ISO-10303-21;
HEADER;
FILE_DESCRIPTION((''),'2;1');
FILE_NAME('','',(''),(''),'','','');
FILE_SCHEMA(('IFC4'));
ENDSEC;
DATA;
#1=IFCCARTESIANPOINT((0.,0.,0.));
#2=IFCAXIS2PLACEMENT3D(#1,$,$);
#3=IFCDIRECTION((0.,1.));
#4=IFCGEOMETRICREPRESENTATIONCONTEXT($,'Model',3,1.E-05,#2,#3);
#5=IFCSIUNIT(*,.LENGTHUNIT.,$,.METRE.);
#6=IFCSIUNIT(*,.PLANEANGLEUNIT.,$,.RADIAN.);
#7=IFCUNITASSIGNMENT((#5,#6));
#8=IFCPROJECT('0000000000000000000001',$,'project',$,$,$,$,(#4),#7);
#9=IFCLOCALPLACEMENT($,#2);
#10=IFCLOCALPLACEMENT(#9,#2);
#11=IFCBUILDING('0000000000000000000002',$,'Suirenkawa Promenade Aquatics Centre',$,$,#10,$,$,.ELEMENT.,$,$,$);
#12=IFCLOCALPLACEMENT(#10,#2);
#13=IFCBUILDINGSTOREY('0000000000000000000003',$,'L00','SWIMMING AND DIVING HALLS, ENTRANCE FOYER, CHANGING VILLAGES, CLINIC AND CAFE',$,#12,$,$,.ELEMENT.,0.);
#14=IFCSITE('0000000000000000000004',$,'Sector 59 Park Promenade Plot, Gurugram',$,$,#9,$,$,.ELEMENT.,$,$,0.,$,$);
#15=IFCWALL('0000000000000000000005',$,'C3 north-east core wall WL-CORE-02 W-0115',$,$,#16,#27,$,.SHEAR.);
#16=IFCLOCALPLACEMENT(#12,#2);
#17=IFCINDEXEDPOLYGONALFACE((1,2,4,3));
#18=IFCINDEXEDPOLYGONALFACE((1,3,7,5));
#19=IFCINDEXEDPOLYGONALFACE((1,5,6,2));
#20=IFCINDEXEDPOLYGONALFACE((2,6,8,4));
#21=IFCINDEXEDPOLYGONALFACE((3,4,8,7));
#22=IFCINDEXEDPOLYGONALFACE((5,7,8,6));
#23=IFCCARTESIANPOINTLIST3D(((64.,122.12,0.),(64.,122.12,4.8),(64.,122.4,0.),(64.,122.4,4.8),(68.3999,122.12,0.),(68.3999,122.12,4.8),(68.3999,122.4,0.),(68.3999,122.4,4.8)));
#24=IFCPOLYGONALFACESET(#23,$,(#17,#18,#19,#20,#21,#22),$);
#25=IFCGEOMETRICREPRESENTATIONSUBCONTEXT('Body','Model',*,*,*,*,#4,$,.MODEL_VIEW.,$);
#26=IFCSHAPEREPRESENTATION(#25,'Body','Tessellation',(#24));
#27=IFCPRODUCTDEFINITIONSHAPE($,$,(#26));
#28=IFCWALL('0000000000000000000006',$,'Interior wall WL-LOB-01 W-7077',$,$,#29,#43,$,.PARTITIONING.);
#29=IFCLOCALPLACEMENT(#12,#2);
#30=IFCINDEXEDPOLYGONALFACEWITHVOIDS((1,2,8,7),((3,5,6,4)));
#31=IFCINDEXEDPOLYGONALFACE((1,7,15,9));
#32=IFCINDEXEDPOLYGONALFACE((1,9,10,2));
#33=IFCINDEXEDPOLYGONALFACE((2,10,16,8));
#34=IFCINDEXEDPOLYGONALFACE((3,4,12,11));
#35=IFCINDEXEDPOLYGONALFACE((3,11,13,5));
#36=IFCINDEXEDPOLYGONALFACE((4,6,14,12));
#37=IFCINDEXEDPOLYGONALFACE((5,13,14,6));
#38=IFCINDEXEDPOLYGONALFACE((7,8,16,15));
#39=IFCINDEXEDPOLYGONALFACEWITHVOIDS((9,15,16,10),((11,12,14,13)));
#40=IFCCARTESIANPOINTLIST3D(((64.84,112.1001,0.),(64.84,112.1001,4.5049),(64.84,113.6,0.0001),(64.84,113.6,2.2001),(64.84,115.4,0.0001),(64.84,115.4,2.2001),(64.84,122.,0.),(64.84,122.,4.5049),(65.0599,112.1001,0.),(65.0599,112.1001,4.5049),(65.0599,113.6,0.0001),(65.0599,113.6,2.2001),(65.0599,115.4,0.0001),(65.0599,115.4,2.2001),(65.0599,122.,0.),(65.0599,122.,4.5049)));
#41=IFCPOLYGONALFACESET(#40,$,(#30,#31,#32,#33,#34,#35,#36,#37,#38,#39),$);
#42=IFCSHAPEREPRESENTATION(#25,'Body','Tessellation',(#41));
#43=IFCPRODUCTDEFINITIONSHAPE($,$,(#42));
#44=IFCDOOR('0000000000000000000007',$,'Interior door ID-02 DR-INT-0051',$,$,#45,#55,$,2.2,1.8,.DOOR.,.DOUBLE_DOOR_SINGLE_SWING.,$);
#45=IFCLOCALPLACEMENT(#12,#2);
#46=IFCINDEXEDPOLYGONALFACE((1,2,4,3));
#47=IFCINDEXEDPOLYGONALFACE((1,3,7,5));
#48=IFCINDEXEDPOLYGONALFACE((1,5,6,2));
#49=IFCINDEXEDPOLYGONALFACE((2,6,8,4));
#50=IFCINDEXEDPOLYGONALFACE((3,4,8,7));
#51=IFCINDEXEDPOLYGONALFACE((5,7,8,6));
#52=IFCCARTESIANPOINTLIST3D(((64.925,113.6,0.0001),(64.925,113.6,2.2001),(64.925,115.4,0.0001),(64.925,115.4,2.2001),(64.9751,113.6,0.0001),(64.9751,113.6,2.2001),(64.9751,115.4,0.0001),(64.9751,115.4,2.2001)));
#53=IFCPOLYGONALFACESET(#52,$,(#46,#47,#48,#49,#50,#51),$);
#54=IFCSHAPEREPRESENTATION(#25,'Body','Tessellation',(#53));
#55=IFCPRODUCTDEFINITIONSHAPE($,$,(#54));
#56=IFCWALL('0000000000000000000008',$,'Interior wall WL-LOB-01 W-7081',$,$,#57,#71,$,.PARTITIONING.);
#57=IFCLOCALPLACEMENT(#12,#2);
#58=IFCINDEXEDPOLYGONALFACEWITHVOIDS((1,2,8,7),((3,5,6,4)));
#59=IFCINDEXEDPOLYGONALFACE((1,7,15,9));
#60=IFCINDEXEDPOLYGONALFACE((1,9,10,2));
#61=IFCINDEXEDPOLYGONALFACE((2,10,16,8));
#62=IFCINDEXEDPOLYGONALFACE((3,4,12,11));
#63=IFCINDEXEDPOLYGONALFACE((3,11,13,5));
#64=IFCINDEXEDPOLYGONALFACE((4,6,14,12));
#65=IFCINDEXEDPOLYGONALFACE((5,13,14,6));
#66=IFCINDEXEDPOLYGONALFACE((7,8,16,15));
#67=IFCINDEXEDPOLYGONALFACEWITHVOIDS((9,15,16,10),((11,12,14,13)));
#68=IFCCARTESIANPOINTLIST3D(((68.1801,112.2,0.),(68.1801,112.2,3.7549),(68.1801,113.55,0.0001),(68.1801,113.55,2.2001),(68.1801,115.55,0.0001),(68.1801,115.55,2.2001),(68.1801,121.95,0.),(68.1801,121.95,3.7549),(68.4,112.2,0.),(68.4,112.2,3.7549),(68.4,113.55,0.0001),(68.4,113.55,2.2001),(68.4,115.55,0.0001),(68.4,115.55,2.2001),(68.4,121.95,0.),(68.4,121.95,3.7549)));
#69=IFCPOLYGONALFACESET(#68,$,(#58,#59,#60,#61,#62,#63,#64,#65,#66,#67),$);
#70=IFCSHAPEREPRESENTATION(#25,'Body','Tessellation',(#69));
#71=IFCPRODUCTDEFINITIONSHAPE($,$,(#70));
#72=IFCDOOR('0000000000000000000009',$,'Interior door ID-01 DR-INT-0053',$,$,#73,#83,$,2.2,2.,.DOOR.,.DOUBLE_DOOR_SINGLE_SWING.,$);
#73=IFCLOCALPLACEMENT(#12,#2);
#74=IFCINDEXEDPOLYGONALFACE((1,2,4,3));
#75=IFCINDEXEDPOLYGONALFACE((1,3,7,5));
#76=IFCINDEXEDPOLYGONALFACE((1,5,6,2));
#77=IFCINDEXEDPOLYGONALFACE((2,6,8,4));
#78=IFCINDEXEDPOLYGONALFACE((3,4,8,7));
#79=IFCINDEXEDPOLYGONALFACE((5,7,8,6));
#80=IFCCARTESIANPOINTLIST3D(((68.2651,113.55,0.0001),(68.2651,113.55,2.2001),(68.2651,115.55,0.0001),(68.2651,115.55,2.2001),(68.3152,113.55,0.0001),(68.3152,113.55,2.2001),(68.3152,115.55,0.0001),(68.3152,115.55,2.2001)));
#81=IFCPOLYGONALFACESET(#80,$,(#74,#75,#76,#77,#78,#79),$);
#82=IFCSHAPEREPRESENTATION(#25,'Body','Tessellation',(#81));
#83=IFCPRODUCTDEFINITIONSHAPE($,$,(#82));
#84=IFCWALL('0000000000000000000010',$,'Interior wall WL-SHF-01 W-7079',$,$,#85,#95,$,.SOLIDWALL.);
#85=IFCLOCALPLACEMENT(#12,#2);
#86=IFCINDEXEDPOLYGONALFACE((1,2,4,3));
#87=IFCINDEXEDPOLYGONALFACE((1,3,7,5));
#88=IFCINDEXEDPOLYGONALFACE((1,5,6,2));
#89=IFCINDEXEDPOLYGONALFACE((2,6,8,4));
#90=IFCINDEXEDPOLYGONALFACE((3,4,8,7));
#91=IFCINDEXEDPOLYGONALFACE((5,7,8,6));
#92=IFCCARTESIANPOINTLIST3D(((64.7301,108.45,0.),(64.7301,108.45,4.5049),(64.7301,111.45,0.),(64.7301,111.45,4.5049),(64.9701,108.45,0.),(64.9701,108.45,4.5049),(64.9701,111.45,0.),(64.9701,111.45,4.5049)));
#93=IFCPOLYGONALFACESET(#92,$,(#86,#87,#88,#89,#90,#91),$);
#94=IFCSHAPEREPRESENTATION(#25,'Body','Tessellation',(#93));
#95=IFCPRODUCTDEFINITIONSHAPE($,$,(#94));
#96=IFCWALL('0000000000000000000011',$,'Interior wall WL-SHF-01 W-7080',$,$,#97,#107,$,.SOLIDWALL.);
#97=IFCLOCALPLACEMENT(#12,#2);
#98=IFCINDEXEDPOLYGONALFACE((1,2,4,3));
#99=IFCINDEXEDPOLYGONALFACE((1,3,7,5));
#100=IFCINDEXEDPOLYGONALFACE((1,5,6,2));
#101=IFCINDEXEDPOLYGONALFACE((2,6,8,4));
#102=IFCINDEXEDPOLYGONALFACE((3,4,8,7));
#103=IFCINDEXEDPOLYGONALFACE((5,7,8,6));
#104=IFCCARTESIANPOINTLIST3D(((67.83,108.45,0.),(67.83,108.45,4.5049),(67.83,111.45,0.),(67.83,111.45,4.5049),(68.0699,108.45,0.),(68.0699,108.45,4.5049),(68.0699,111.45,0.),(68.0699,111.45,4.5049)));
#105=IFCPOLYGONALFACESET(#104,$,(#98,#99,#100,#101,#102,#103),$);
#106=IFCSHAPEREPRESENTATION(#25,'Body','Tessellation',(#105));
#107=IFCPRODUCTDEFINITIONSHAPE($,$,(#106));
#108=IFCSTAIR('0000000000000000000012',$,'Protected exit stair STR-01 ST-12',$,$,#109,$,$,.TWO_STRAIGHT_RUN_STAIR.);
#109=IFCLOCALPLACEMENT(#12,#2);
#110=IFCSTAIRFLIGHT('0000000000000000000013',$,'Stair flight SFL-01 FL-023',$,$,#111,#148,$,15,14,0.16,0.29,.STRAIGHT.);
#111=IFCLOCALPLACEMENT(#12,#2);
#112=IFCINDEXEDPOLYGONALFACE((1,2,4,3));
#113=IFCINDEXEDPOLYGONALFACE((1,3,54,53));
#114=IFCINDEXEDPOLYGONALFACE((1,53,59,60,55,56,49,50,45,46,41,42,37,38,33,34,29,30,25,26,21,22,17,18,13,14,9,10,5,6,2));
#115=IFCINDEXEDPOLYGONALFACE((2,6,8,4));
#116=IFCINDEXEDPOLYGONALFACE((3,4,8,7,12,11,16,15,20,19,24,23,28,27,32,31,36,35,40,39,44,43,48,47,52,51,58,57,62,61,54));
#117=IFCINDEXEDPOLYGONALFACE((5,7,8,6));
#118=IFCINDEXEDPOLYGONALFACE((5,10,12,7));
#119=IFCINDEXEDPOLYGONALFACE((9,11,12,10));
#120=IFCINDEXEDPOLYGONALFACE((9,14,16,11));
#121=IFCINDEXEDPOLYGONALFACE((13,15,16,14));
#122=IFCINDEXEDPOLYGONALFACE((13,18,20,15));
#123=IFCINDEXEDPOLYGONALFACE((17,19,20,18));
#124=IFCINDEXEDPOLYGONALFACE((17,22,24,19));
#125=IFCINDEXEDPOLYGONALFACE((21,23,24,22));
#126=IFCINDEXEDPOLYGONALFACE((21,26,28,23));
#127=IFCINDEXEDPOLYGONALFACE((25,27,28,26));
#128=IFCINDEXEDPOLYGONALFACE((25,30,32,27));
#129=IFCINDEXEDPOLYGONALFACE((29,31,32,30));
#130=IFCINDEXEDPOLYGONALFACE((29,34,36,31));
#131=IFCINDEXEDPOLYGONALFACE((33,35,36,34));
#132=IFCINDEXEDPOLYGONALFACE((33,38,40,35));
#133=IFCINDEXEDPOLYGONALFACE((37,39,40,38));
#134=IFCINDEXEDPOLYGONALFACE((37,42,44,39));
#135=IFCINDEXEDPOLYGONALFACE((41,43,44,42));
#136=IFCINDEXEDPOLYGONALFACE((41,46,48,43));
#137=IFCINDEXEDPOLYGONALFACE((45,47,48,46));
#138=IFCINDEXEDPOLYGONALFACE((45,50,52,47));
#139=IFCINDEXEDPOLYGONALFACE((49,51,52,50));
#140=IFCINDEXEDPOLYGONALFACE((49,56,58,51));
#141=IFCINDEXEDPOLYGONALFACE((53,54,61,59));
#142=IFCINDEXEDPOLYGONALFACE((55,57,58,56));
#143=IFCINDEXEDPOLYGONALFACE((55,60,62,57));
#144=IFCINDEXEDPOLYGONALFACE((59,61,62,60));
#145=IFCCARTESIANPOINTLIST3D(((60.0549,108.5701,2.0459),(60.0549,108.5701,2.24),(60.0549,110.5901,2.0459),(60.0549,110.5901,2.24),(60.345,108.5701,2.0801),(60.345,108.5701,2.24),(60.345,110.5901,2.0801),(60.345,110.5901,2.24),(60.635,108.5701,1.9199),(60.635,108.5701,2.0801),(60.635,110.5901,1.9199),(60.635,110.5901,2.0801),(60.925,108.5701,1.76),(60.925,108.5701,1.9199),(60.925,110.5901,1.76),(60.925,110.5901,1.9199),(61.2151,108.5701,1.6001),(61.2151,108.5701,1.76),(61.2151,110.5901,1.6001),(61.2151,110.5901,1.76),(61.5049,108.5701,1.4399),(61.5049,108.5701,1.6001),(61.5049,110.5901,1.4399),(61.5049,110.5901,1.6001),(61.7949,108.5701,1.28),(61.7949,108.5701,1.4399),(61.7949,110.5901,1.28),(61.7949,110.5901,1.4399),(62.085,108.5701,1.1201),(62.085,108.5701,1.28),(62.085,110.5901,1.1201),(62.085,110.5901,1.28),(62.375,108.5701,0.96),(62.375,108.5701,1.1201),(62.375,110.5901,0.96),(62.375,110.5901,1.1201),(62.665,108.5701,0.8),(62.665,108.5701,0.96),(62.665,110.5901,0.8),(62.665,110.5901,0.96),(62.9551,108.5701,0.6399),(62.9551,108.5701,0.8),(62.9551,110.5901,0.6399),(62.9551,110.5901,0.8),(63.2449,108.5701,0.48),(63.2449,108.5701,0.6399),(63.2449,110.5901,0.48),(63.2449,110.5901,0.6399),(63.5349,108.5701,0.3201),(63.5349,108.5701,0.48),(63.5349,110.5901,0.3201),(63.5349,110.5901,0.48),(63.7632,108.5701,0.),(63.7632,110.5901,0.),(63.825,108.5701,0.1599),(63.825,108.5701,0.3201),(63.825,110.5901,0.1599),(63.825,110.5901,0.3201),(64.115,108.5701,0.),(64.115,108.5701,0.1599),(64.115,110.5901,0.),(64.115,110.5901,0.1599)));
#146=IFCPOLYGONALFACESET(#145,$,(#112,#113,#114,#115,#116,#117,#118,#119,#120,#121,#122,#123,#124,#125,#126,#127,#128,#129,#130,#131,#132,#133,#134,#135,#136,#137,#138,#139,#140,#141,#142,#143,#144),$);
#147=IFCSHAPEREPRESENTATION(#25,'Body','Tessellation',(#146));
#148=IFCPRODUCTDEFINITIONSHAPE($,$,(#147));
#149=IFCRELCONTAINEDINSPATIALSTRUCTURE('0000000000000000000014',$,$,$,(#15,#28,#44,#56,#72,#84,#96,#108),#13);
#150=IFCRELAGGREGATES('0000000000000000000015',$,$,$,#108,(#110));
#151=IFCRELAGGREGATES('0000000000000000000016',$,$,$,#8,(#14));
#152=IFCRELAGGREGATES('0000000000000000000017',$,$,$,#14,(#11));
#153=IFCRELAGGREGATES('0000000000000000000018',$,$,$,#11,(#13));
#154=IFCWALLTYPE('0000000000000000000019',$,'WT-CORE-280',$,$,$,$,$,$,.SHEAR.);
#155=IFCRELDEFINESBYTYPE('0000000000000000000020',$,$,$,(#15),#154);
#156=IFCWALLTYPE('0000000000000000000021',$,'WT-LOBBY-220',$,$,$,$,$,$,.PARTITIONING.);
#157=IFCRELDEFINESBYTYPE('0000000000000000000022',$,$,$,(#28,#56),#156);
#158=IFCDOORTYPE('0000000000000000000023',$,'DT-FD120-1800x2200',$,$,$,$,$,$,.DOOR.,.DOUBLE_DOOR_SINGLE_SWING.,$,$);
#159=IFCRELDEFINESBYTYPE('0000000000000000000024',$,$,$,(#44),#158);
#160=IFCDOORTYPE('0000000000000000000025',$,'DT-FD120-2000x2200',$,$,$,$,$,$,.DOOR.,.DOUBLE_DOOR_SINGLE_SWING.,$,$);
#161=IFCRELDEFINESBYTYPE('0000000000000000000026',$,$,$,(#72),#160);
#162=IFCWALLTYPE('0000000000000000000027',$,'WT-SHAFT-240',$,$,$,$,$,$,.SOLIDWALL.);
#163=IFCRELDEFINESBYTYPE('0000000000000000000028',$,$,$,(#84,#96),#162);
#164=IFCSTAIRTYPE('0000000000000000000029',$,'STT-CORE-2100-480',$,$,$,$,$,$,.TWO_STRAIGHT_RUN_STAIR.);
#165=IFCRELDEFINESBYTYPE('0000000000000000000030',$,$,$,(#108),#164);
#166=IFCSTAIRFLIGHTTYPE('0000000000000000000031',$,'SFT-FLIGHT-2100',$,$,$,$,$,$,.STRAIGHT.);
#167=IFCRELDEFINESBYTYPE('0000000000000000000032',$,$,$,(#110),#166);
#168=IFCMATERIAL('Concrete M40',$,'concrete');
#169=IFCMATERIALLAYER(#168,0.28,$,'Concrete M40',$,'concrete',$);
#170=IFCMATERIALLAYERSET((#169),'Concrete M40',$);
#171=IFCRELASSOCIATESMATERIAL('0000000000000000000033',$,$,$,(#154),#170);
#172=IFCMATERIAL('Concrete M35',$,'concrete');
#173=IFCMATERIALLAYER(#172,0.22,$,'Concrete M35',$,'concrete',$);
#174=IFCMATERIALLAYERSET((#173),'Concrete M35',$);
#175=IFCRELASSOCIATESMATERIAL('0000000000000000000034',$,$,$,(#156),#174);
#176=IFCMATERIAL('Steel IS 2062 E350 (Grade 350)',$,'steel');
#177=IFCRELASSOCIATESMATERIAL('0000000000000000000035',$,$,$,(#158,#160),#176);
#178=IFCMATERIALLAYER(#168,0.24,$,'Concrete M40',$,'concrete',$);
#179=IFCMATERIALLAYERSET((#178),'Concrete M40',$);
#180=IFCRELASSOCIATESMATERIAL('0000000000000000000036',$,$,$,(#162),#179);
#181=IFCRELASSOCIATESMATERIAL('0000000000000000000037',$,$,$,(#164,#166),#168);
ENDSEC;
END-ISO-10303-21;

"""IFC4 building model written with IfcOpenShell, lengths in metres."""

from ifc_helpers import new_model, si_unit, direction, frame, frame_2d, origin, place, context, subcontext, project, spatial, polyline, rectangle, outline, extrude, material, layer, layer_set, type_object, element, fill, aggregate, save


model = new_model("IFC4")

# Units and contexts
model_context = context("Model", 3, precision=1e-05, world=origin(), true_north=direction((0.0, 1.0)))
body_context = subcontext(model_context, "Body", "Model", "MODEL_VIEW")
ifc_project = project(units=[si_unit("LENGTHUNIT", "METRE"), si_unit("PLANEANGLEUNIT", "RADIAN")], contexts=[model_context])

# Site, building, storey
site_placement = place(None, origin())
site = spatial("IfcSite", under=ifc_project, at=site_placement, Name="Sector 59 Park Promenade Plot, Gurugram", CompositionType="ELEMENT", RefElevation=0.0)
building_placement = place(site_placement, origin())
building = spatial("IfcBuilding", under=site, at=building_placement, Name="Suirenkawa Promenade Aquatics Centre", CompositionType="ELEMENT")
storey_placement = place(building_placement, origin())
storey = spatial("IfcBuildingStorey", under=building, at=storey_placement, Name="L00", Description="SWIMMING AND DIVING HALLS, ENTRANCE FOYER, CHANGING VILLAGES, CLINIC AND CAFE", CompositionType="ELEMENT", Elevation=0.0)

# Wall
ifc_material_1 = material(Name="Concrete M40", Category="concrete")
ifc_layer_1 = layer(ifc_material_1, 0.28, Name="Concrete M40", Category="concrete")
ifc_layer_set_1 = layer_set([ifc_layer_1], Name="Concrete M40")
wall_type_1 = type_object("IfcWallType", Name="WT-CORE-280", PredefinedType="SHEAR", material=ifc_layer_set_1)
wall_1_placement = place(storey_placement, frame((64.0, 122.26, 0.0), z_axis=(0.0, 0.0, 1.0), x_axis=(1.0, 0.0, 0.0)))
element("IfcWall", 1, at=wall_1_placement, inside=storey, type_object=wall_type_1, Name="C3 north-east core wall WL-CORE-02 W-0115", PredefinedType="SHEAR", context=body_context, shape_type="SweptSolid", body=[
    extrude(rectangle(XDim=4.3999, YDim=0.28, at=frame_2d((2.2, 0.0))), origin(), (0.0, 0.0, 1.0), 4.8),
])

# Walls, openings, doors
ifc_material_2 = material(Name="Concrete M35", Category="concrete")
ifc_layer_2 = layer(ifc_material_2, 0.22, Name="Concrete M35", Category="concrete")
ifc_layer_set_2 = layer_set([ifc_layer_2], Name="Concrete M35")
wall_type_2 = type_object("IfcWallType", Name="WT-LOBBY-220", PredefinedType="PARTITIONING", material=ifc_layer_set_2)
wall_2_placement = place(storey_placement, frame((64.95, 112.1001, 0.0), z_axis=(0.0, 0.0, 1.0), x_axis=(0.0, 1.0, 0.0)))
wall_2 = element("IfcWall", 2, at=wall_2_placement, inside=storey, type_object=wall_type_2, Name="Interior wall WL-LOB-01 W-7077", PredefinedType="PARTITIONING", context=body_context, shape_type="SweptSolid", body=[
    extrude(rectangle(XDim=9.8999, YDim=0.22, at=frame_2d((4.95, 0.0))), origin(), (0.0, 0.0, 1.0), 4.5049),
])
opening_1_placement = place(wall_2_placement, frame((1.5, 0.0, 0.0)))
opening_1 = element("IfcOpeningElement", 3, at=opening_1_placement, cuts=wall_2, PredefinedType="OPENING", context=body_context, shape_type="SweptSolid", body=[
    extrude(rectangle(XDim=1.8, YDim=2.2, at=frame_2d((0.8999, 1.1001))), frame((0.0, 0.1199, 0.0), z_axis=(0.0, -1.0, 0.0), x_axis=(1.0, 0.0, 0.0)), (0.0, 0.0, 1.0), 0.24),
])
ifc_material_3 = material(Name="Steel IS 2062 E350 (Grade 350)", Category="steel")
door_type_1 = type_object("IfcDoorType", Name="DT-FD120-1800x2200", OperationType="DOUBLE_DOOR_SINGLE_SWING", PredefinedType="DOOR", material=ifc_material_3)
door_1_placement = place(opening_1_placement, origin())
door_1 = element("IfcDoor", 4, at=door_1_placement, inside=storey, type_object=door_type_1, Name="Interior door ID-02 DR-INT-0051", OperationType="DOUBLE_DOOR_SINGLE_SWING", OverallHeight=2.2, OverallWidth=1.8, PredefinedType="DOOR", context=body_context, shape_type="SweptSolid", body=[
    extrude(rectangle(XDim=1.8, YDim=2.2, at=frame_2d((0.8999, 1.1001))), frame((0.0, 0.0249, 0.0), z_axis=(0.0, -1.0, 0.0), x_axis=(1.0, 0.0, 0.0)), (0.0, 0.0, 1.0), 0.05),
])
fill(opening_1, door_1)
wall_3_placement = place(storey_placement, frame((68.29, 112.2, 0.0), z_axis=(0.0, 0.0, 1.0), x_axis=(0.0, 1.0, 0.0)))
wall_3 = element("IfcWall", 5, at=wall_3_placement, inside=storey, type_object=wall_type_2, Name="Interior wall WL-LOB-01 W-7081", PredefinedType="PARTITIONING", context=body_context, shape_type="SweptSolid", body=[
    extrude(rectangle(XDim=9.75, YDim=0.22, at=frame_2d((4.875, 0.0))), origin(), (0.0, 0.0, 1.0), 3.7549),
])
opening_2_placement = place(wall_3_placement, frame((1.3501, 0.0, 0.0)))
opening_2 = element("IfcOpeningElement", 6, at=opening_2_placement, cuts=wall_3, PredefinedType="OPENING", context=body_context, shape_type="SweptSolid", body=[
    extrude(rectangle(XDim=2.0, YDim=2.2, at=frame_2d((1.0, 1.1001))), frame((0.0, 0.1199, 0.0), z_axis=(0.0, -1.0, 0.0), x_axis=(1.0, 0.0, 0.0)), (0.0, 0.0, 1.0), 0.24),
])
door_type_2 = type_object("IfcDoorType", Name="DT-FD120-2000x2200", OperationType="DOUBLE_DOOR_SINGLE_SWING", PredefinedType="DOOR", material=ifc_material_3)
door_2_placement = place(opening_2_placement, origin())
door_2 = element("IfcDoor", 7, at=door_2_placement, inside=storey, type_object=door_type_2, Name="Interior door ID-01 DR-INT-0053", OperationType="DOUBLE_DOOR_SINGLE_SWING", OverallHeight=2.2, OverallWidth=2.0, PredefinedType="DOOR", context=body_context, shape_type="SweptSolid", body=[
    extrude(rectangle(XDim=2.0, YDim=2.2, at=frame_2d((1.0, 1.1001))), frame((0.0, 0.0249, 0.0), z_axis=(0.0, -1.0, 0.0), x_axis=(1.0, 0.0, 0.0)), (0.0, 0.0, 1.0), 0.05),
])
fill(opening_2, door_2)
ifc_layer_3 = layer(ifc_material_1, 0.24, Name="Concrete M40", Category="concrete")
ifc_layer_set_3 = layer_set([ifc_layer_3], Name="Concrete M40")
wall_type_3 = type_object("IfcWallType", Name="WT-SHAFT-240", PredefinedType="SOLIDWALL", material=ifc_layer_set_3)

# Walls
for number, where, z_axis, x_axis, name in (
    (8, (64.8501, 108.45, 0.0), (0.0, 0.0, 1.0), (0.0, 1.0, 0.0), "Interior wall WL-SHF-01 W-7079"),
    (9, (67.95, 108.45, 0.0), (0.0, 0.0, 1.0), (0.0, 1.0, 0.0), "Interior wall WL-SHF-01 W-7080"),
):
    element("IfcWall", number, at=place(storey_placement, frame(where, z_axis=z_axis, x_axis=x_axis)), inside=storey, type_object=wall_type_3, Name=name, PredefinedType="SOLIDWALL", context=body_context, shape_type="SweptSolid", body=[
        extrude(rectangle(XDim=3.0, YDim=0.24, at=frame_2d((1.5, 0.0))), origin(), (0.0, 0.0, 1.0), 4.5049),
    ])

# Stair, stair flight
stair_type = type_object("IfcStairType", Name="STT-CORE-2100-480", PredefinedType="TWO_STRAIGHT_RUN_STAIR", material=ifc_material_1)
stair_placement = place(storey_placement, origin())
stair = element("IfcStair", 10, at=stair_placement, inside=storey, type_object=stair_type, Name="Protected exit stair STR-01 ST-12", PredefinedType="TWO_STRAIGHT_RUN_STAIR")
stair_flight_type = type_object("IfcStairFlightType", Name="SFT-FLIGHT-2100", PredefinedType="STRAIGHT", material=ifc_material_1)
stair_flight_1_placement = place(storey_placement, frame((64.115, 109.5801, 0.0), z_axis=(0.0, 0.0, 1.0), x_axis=(-1.0, 0.0, 0.0)))
stair_flight_1 = element("IfcStairFlight", 11, at=stair_flight_1_placement, type_object=stair_flight_type, Name="Stair flight SFL-01 FL-023", NumberOfRisers=15, NumberOfTreads=14, PredefinedType="STRAIGHT", RiserHeight=0.16, TreadLength=0.29, context=body_context, shape_type="SweptSolid", body=[
    extrude(outline(polyline([(0.0, 0.0), (0.0, 0.1599), (0.29, 0.1599), (0.29, 0.3201), (0.5801, 0.3201), (0.5801, 0.48), (0.8701, 0.48), (0.8701, 0.6399), (1.1599, 0.6399), (1.1599, 0.8), (1.45, 0.8), (1.45, 0.96), (1.74, 0.96), (1.74, 1.1201), (2.03, 1.1201), (2.03, 1.28), (2.3201, 1.28), (2.3201, 1.4399), (2.6101, 1.4399), (2.6101, 1.6001), (2.8999, 1.6001), (2.8999, 1.76), (3.1899, 1.76), (3.1899, 1.9199), (3.48, 1.9199), (3.48, 2.0801), (3.77, 2.0801), (3.77, 2.24), (4.0601, 2.24), (4.0601, 2.3999), (4.0601, 2.0459), (0.3518, 0.0), (0.0, 0.0)])), frame((0.0, 1.01, 0.0), z_axis=(0.0, -1.0, 0.0), x_axis=(1.0, 0.0, 0.0)), (0.0, 0.0, 1.0), 2.02),
])
aggregate(stair, [stair_flight_1])

save(model, "model.ifc")
